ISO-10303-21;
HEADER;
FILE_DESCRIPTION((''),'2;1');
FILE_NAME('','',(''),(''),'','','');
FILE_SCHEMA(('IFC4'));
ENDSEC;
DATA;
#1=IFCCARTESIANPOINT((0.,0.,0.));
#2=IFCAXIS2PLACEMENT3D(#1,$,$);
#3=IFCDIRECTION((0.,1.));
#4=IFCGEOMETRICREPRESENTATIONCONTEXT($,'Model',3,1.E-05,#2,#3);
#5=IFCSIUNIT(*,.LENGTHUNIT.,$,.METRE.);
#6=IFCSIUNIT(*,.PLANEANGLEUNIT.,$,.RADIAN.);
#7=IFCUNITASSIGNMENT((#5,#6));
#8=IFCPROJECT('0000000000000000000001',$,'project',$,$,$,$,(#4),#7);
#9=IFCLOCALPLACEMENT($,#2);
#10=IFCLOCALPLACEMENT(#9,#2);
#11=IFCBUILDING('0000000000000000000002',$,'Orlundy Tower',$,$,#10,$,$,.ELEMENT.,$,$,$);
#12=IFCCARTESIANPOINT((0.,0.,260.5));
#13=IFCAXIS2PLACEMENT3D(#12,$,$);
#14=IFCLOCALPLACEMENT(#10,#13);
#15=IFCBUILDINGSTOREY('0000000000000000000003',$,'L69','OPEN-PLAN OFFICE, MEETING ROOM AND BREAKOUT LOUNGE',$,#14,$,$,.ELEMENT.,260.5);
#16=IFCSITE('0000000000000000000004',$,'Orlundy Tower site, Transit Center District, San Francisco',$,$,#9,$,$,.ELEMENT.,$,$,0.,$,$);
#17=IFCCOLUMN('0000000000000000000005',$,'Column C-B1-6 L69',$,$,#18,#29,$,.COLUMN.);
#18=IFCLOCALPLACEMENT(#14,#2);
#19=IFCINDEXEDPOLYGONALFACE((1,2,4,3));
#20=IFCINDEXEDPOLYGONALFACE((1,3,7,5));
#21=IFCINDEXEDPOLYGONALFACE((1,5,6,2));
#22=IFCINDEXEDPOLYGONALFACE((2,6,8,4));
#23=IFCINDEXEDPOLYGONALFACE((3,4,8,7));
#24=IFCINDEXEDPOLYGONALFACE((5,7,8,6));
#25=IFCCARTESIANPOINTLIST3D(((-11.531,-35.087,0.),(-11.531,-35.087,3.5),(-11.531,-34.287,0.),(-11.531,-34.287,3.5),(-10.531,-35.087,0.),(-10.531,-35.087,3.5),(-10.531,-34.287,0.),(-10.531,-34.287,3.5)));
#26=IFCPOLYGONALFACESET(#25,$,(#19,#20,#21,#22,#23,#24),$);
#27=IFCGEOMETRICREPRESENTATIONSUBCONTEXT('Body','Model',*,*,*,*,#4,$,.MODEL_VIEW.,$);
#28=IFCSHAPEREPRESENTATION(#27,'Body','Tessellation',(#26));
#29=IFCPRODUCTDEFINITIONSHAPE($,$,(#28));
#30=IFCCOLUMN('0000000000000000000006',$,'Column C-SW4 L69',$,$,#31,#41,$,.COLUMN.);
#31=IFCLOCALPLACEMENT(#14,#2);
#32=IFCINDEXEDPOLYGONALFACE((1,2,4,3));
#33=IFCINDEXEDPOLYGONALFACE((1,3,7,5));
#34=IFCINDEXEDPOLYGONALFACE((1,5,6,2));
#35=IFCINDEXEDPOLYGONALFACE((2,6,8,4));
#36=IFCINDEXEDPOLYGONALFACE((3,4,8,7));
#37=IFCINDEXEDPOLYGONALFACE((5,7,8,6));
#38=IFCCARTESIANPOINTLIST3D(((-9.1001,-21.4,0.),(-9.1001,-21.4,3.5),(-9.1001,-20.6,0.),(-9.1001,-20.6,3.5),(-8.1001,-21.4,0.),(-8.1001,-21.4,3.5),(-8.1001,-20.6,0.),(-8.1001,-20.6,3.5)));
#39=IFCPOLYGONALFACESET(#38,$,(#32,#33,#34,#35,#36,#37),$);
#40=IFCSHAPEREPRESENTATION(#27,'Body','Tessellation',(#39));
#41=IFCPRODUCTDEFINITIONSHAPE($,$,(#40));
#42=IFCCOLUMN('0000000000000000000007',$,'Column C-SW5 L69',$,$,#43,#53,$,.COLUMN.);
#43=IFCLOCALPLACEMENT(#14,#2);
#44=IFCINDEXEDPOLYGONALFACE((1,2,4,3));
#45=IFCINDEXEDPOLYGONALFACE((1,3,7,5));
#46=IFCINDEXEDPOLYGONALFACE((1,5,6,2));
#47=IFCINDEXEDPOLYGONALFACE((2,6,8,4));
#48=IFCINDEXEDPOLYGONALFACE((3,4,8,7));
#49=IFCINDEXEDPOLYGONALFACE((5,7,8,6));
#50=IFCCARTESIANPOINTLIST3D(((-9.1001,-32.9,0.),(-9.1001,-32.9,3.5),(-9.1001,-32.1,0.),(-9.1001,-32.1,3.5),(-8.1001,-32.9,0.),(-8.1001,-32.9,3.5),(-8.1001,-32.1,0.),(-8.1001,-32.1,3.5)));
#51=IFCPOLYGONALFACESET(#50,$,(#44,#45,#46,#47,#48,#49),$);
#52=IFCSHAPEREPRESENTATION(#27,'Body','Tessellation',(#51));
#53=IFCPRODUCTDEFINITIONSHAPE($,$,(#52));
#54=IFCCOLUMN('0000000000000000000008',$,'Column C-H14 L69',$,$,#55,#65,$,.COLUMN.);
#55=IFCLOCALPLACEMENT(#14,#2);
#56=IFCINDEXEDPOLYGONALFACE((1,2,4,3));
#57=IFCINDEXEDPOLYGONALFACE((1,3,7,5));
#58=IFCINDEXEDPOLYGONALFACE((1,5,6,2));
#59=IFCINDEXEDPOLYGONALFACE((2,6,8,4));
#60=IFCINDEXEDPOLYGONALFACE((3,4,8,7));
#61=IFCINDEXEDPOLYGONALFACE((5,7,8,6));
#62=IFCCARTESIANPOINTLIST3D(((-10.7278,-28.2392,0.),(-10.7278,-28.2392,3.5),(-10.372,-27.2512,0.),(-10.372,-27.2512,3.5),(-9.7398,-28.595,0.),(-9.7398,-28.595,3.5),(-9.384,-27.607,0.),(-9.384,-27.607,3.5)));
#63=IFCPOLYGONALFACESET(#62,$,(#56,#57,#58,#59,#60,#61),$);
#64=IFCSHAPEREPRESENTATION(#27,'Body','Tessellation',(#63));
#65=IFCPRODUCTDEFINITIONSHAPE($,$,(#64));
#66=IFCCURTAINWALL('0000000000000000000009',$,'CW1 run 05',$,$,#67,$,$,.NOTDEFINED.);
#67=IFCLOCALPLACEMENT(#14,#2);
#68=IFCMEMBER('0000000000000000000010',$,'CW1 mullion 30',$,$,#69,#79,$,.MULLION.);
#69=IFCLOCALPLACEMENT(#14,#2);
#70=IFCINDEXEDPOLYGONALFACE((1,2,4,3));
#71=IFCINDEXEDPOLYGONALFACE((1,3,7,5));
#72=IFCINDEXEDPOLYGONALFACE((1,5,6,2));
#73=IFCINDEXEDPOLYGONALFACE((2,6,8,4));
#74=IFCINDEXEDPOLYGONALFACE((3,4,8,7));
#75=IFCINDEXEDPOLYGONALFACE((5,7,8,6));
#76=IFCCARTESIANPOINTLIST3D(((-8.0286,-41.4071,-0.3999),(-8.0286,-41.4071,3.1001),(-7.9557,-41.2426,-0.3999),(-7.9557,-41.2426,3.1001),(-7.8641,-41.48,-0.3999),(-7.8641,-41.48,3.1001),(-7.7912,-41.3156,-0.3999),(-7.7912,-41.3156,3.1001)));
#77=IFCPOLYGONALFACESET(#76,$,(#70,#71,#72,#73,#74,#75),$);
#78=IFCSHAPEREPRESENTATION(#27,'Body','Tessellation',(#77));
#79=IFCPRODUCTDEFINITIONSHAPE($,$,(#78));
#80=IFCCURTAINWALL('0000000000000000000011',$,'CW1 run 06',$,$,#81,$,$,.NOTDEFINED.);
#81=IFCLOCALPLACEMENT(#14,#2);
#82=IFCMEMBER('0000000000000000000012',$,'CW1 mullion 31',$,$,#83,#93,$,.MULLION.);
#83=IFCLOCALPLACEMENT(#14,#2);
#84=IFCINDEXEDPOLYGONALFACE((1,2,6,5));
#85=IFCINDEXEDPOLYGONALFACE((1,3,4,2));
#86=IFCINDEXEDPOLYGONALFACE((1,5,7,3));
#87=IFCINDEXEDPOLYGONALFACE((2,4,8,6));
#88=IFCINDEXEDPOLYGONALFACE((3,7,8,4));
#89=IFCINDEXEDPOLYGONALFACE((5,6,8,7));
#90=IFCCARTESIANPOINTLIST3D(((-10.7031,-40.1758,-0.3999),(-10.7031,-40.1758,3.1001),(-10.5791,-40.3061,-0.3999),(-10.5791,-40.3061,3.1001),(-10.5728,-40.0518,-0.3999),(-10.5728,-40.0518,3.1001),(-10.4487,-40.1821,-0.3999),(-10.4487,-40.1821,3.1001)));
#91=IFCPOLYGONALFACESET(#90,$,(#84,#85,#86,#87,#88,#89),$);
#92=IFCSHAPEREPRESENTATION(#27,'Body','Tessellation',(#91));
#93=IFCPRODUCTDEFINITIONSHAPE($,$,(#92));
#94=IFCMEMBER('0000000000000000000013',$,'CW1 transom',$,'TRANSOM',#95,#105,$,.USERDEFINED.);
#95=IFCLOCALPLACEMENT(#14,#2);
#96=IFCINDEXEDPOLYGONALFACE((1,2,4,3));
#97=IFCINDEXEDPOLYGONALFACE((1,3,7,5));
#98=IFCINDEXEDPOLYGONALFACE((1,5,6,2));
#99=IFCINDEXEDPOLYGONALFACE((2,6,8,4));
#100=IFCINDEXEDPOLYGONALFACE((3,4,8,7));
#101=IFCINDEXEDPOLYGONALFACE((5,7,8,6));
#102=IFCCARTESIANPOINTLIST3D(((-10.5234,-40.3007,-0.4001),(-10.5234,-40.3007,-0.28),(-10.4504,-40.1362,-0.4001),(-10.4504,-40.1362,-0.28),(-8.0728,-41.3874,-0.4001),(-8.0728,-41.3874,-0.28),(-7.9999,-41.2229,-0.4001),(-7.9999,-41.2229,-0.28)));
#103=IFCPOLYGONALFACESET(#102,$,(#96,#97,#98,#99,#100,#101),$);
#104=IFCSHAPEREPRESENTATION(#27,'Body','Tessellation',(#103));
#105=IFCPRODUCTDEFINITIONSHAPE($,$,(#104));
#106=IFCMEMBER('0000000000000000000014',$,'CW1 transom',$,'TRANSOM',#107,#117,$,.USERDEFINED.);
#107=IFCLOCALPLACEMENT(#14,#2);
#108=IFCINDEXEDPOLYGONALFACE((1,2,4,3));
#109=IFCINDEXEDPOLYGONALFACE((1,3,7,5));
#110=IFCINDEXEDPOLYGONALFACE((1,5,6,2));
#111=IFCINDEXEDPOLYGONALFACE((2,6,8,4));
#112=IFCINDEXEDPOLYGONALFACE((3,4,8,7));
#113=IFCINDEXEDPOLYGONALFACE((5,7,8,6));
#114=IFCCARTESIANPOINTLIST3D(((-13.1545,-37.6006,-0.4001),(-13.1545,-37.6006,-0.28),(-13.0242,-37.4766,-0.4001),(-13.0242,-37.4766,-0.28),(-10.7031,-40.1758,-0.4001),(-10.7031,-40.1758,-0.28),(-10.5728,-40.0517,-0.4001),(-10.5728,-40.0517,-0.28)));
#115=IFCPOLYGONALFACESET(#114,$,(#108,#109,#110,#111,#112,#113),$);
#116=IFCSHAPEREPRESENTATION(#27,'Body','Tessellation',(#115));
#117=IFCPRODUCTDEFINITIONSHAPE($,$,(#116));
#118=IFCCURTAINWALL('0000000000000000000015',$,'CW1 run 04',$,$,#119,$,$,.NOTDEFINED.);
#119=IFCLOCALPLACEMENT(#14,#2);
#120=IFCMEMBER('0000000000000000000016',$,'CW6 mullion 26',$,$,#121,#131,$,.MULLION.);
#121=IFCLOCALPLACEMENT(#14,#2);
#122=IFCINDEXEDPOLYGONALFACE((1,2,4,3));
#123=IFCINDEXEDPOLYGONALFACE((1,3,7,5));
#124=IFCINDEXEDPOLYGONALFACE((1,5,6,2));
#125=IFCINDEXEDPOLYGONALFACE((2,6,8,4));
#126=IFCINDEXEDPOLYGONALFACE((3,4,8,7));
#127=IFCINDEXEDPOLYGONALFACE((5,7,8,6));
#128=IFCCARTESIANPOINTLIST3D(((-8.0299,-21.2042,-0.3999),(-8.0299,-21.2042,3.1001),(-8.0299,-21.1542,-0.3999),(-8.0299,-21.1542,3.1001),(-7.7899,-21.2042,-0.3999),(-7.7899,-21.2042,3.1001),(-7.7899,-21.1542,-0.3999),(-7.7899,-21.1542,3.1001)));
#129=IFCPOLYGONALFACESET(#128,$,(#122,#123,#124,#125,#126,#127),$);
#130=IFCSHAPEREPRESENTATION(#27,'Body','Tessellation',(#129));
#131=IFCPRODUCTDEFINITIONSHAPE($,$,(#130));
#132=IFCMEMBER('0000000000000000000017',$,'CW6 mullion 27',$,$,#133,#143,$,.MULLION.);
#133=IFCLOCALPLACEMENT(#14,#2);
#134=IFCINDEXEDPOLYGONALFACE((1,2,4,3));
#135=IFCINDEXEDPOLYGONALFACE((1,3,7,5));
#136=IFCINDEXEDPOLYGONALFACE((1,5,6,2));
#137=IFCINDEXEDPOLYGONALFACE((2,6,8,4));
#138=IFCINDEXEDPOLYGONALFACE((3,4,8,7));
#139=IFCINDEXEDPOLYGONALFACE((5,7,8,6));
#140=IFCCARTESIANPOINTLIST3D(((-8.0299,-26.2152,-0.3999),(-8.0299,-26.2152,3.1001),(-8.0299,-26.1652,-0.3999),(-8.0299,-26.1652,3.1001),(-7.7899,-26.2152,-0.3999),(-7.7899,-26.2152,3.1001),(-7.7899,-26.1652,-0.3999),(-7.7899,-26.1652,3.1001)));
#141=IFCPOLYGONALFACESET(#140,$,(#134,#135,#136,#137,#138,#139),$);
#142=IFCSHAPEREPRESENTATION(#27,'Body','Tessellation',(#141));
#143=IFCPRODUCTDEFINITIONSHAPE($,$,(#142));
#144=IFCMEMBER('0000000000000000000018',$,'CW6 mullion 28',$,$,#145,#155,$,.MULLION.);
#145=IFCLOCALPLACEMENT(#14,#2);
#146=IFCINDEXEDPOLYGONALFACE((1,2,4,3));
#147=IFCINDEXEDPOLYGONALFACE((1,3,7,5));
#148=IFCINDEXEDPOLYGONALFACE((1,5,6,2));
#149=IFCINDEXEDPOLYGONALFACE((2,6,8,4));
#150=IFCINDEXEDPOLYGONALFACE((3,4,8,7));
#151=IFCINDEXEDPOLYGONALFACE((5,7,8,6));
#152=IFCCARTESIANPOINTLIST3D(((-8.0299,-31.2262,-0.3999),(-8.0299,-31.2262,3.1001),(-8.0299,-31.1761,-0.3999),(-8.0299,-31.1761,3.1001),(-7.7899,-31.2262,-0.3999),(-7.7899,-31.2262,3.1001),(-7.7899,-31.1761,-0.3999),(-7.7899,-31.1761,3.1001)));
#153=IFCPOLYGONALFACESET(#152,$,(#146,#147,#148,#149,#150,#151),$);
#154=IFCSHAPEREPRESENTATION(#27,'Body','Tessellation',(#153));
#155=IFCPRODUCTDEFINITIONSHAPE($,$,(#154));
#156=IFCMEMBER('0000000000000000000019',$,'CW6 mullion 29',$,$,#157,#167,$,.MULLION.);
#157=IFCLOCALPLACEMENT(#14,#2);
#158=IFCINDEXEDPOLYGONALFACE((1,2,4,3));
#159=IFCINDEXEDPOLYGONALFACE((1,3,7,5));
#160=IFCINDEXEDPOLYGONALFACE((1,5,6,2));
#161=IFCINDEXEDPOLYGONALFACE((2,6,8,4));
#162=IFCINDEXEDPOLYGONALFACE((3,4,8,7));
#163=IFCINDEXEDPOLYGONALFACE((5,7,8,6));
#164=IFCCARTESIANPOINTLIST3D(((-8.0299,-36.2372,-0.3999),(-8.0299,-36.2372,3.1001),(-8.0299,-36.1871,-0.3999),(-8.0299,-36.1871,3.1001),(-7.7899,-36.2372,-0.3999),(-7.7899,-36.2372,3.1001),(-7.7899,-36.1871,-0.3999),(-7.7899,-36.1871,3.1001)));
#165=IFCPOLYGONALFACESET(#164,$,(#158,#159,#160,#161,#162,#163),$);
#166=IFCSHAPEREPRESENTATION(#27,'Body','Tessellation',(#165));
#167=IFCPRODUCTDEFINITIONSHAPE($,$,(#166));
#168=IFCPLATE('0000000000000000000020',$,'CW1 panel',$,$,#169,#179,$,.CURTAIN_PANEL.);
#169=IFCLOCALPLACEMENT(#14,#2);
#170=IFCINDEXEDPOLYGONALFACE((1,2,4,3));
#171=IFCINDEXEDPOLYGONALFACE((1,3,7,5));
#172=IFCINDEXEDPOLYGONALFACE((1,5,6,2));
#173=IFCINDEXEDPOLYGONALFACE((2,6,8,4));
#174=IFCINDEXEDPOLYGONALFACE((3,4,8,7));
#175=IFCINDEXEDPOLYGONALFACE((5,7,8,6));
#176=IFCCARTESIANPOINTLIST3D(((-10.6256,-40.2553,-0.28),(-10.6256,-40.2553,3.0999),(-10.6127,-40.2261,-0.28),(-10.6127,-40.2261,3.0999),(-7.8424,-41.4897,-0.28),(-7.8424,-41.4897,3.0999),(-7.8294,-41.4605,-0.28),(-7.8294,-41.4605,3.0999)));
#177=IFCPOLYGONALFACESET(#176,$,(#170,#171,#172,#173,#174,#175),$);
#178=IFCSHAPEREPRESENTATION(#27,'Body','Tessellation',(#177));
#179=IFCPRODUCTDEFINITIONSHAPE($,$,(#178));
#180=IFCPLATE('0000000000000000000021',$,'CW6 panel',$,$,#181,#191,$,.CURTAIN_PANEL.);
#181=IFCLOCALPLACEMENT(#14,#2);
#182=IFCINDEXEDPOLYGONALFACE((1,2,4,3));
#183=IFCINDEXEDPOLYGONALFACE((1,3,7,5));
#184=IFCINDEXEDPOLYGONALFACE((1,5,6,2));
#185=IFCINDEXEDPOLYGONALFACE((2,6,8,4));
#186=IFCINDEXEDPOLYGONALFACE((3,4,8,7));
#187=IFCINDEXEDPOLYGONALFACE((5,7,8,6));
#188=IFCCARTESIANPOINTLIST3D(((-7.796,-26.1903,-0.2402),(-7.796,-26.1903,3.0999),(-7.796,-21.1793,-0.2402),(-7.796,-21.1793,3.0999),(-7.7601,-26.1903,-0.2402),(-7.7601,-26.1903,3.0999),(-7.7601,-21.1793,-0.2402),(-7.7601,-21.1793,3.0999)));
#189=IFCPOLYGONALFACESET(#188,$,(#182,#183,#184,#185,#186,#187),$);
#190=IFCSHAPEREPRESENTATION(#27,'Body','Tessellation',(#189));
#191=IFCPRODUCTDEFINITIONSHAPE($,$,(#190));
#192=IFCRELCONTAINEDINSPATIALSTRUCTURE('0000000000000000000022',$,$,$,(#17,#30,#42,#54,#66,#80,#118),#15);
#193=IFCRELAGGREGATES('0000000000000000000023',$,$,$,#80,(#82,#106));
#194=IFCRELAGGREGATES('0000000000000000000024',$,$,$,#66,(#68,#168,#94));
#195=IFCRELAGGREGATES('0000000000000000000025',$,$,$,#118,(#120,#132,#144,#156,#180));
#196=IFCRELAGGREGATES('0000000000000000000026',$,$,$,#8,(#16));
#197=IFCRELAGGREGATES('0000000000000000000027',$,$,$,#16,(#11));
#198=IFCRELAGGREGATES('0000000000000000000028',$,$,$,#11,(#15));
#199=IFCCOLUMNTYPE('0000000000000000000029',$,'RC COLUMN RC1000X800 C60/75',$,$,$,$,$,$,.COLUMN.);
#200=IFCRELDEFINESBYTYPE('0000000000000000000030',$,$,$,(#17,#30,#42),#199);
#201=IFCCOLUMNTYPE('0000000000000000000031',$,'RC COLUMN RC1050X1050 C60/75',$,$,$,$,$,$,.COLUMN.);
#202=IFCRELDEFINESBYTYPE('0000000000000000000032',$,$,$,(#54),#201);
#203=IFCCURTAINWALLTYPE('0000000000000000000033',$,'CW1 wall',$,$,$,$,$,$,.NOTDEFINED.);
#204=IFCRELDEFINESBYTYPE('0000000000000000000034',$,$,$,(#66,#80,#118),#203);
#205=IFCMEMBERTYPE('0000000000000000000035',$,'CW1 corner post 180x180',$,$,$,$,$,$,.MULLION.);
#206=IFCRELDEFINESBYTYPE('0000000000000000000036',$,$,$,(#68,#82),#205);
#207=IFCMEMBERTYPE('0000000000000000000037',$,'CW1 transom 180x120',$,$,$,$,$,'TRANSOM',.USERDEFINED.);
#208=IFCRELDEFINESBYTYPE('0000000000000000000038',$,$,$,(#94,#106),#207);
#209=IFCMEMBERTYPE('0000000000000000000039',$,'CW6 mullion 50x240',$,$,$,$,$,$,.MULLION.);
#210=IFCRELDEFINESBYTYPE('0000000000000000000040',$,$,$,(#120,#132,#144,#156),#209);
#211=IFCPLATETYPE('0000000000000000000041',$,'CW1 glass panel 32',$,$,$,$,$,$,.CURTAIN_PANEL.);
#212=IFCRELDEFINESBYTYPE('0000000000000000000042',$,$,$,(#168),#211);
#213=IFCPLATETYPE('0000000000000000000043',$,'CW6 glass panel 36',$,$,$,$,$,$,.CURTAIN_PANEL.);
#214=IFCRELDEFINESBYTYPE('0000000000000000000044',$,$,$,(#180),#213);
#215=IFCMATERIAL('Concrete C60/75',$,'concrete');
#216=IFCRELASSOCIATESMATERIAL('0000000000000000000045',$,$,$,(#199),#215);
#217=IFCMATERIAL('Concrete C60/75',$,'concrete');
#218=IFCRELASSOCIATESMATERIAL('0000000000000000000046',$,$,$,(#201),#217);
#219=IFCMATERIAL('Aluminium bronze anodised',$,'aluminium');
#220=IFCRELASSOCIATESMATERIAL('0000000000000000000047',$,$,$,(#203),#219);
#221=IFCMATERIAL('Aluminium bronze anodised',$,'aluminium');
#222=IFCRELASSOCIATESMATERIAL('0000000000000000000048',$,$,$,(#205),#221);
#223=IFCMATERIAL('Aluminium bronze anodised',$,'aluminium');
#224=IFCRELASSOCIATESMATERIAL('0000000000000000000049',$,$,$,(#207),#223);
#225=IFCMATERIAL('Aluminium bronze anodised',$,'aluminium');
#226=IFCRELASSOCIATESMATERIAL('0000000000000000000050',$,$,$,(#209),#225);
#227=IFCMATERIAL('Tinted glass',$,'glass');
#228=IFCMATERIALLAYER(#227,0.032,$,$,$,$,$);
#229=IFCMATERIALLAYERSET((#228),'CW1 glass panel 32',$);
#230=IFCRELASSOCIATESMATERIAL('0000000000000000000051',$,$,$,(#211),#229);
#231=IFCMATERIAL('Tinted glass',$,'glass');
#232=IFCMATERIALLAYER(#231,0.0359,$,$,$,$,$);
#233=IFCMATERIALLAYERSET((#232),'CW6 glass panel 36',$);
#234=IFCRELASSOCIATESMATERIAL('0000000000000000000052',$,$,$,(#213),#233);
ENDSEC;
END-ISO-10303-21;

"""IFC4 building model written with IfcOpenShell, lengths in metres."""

from ifc_helpers import new_model, si_unit, direction, frame, origin, origin_2d, place, context, subcontext, project, spatial, rectangle, extrude, material, layer, layer_set, material_profile, profile_set, type_object, element, aggregate, save


model = new_model("IFC4")

# Units and contexts
model_context = context("Model", 3, precision=1e-05, world=origin(), true_north=direction((0.0, 1.0)))
body_context = subcontext(model_context, "Body", "Model", "MODEL_VIEW")
ifc_project = project(units=[si_unit("LENGTHUNIT", "METRE"), si_unit("PLANEANGLEUNIT", "RADIAN")], contexts=[model_context])

# Site, building, storey
site_placement = place(None, origin())
site = spatial("IfcSite", under=ifc_project, at=site_placement, Name="Orlundy Tower site, Transit Center District, San Francisco", CompositionType="ELEMENT", RefElevation=0.0)
building_placement = place(site_placement, origin())
building = spatial("IfcBuilding", under=site, at=building_placement, Name="Orlundy Tower", CompositionType="ELEMENT")
storey_placement = place(building_placement, frame((0.0, 0.0, 260.5)))
storey = spatial("IfcBuildingStorey", under=building, at=storey_placement, Name="L69", Description="OPEN-PLAN OFFICE, MEETING ROOM AND BREAKOUT LOUNGE", CompositionType="ELEMENT", Elevation=260.5)

# Columns
ifc_material_1 = material(Name="Concrete C60/75", Category="concrete")
ifc_material_profile_1 = material_profile(ifc_material_1, rectangle(XDim=1.0, YDim=0.8, at=origin_2d()), Name="RC1000X800")
ifc_profile_set_1 = profile_set([ifc_material_profile_1], Name="Concrete C60/75")
column_type_1 = type_object("IfcColumnType", Name="RC COLUMN RC1000X800 C60/75", PredefinedType="COLUMN", material=ifc_profile_set_1)
for number, where, z_axis, x_axis, name in (
    (1, (-11.031, -34.687, 0.0), (0.0, 0.0, 1.0), (1.0, 0.0, 0.0), "Column C-B1-6 L69"),
    (2, (-8.6001, -21.0, 0.0), (0.0, 0.0, 1.0), (1.0, 0.0, 0.0), "Column C-SW4 L69"),
    (3, (-8.6001, -32.5, 0.0), (0.0, 0.0, 1.0), (1.0, 0.0, 0.0), "Column C-SW5 L69"),
):
    element("IfcColumn", number, at=place(storey_placement, frame(where, z_axis=z_axis, x_axis=x_axis)), inside=storey, type_object=column_type_1, Name=name, PredefinedType="COLUMN", context=body_context, shape_type="SweptSolid", body=[
        extrude(rectangle(XDim=1.0, YDim=0.8, at=origin_2d()), origin(), (0.0, 0.0, 1.0), 3.5),
    ])
ifc_material_2 = material(Name="Concrete C60/75", Category="concrete")
ifc_material_profile_2 = material_profile(ifc_material_2, rectangle(XDim=1.05, YDim=1.05, at=origin_2d()), Name="RC1050X1050")
ifc_profile_set_2 = profile_set([ifc_material_profile_2], Name="Concrete C60/75")
column_type_2 = type_object("IfcColumnType", Name="RC COLUMN RC1050X1050 C60/75", PredefinedType="COLUMN", material=ifc_profile_set_2)
column_placement = place(storey_placement, frame((-10.0559, -27.9231, 0.0), z_axis=(0.0, 0.0, 1.0), x_axis=(-0.338836, -0.940845, 0.0)))
element("IfcColumn", 4, at=column_placement, inside=storey, type_object=column_type_2, Name="Column C-H14 L69", PredefinedType="COLUMN", context=body_context, shape_type="SweptSolid", body=[
    extrude(rectangle(XDim=1.05, YDim=1.05, at=origin_2d()), origin(), (0.0, 0.0, 1.0), 3.5),
])

# Curtain walls, members
ifc_material_3 = material(Name="Aluminium bronze anodised", Category="aluminium")
curtain_wall_type = type_object("IfcCurtainWallType", Name="CW1 wall", PredefinedType="NOTDEFINED", material=ifc_material_3)
curtain_wall_1_placement = place(storey_placement, origin())
curtain_wall_1 = element("IfcCurtainWall", 5, at=curtain_wall_1_placement, inside=storey, type_object=curtain_wall_type, Name="CW1 run 05", PredefinedType="NOTDEFINED")
ifc_material_4 = material(Name="Aluminium bronze anodised", Category="aluminium")
ifc_material_profile_3 = material_profile(ifc_material_4, rectangle(XDim=0.1799, YDim=0.1799, at=origin_2d()), Name="CW1 corner post 180x180")
ifc_profile_set_3 = profile_set([ifc_material_profile_3], Name="Aluminium bronze anodised")
member_type_1 = type_object("IfcMemberType", Name="CW1 corner post 180x180", PredefinedType="MULLION", material=ifc_profile_set_3)
member_1_placement = place(storey_placement, frame((-7.9099, -41.3613, -0.3999), z_axis=(0.0, 0.0, 1.0), x_axis=(-0.405432, -0.914125, 0.0)))
member_1 = element("IfcMember", 6, at=member_1_placement, type_object=member_type_1, Name="CW1 mullion 30", PredefinedType="MULLION", context=body_context, shape_type="SweptSolid", body=[
    extrude(rectangle(XDim=0.1799, YDim=0.1799, at=origin_2d()), origin(), (0.0, 0.0, 1.0), 3.5),
])
curtain_wall_2_placement = place(storey_placement, origin())
curtain_wall_2 = element("IfcCurtainWall", 7, at=curtain_wall_2_placement, inside=storey, type_object=curtain_wall_type, Name="CW1 run 06", PredefinedType="NOTDEFINED")
member_2_placement = place(storey_placement, frame((-10.5759, -40.179, -0.3999), z_axis=(0.0, 0.0, 1.0), x_axis=(-0.724292, -0.689493, 0.0)))
member_2 = element("IfcMember", 8, at=member_2_placement, type_object=member_type_1, Name="CW1 mullion 31", PredefinedType="MULLION", context=body_context, shape_type="SweptSolid", body=[
    extrude(rectangle(XDim=0.1799, YDim=0.1799, at=origin_2d()), origin(), (0.0, 0.0, 1.0), 3.5),
])

# Members
ifc_material_5 = material(Name="Aluminium bronze anodised", Category="aluminium")
ifc_material_profile_4 = material_profile(ifc_material_5, rectangle(XDim=0.1799, YDim=0.1201, at=origin_2d()), Name="CW1 transom 180x120")
ifc_profile_set_4 = profile_set([ifc_material_profile_4], Name="Aluminium bronze anodised")
member_type_2 = type_object("IfcMemberType", Name="CW1 transom 180x120", ElementType="TRANSOM", PredefinedType="USERDEFINED", material=ifc_profile_set_4)
member_3_placement = place(storey_placement, frame((-8.0364, -41.3052, -0.3401), z_axis=(-0.914146, 0.405386, 0.0), x_axis=(-0.405386, -0.914146, 0.0)))
member_3 = element("IfcMember", 9, at=member_3_placement, type_object=member_type_2, Name="CW1 transom", ObjectType="TRANSOM", PredefinedType="USERDEFINED", context=body_context, shape_type="SweptSolid", body=[
    extrude(rectangle(XDim=0.1799, YDim=0.1201, at=origin_2d()), origin(), (0.0, 0.0, 1.0), 2.6807),
])
member_4_placement = place(storey_placement, frame((-10.6379, -40.1138, -0.3401), z_axis=(-0.689485, 0.7243, 0.0), x_axis=(-0.7243, -0.689485, 0.0)))
member_4 = element("IfcMember", 10, at=member_4_placement, type_object=member_type_2, Name="CW1 transom", ObjectType="TRANSOM", PredefinedType="USERDEFINED", context=body_context, shape_type="SweptSolid", body=[
    extrude(rectangle(XDim=0.1799, YDim=0.1201, at=origin_2d()), origin(), (0.0, 0.0, 1.0), 3.5554),
])
aggregate(curtain_wall_2, [member_2, member_4])

# Curtain wall, members
curtain_wall_3_placement = place(storey_placement, origin())
curtain_wall_3 = element("IfcCurtainWall", 11, at=curtain_wall_3_placement, inside=storey, type_object=curtain_wall_type, Name="CW1 run 04", PredefinedType="NOTDEFINED")
ifc_material_6 = material(Name="Aluminium bronze anodised", Category="aluminium")
ifc_material_profile_5 = material_profile(ifc_material_6, rectangle(XDim=0.24, YDim=0.05, at=origin_2d()), Name="CW6 mullion 50x240")
ifc_profile_set_5 = profile_set([ifc_material_profile_5], Name="Aluminium bronze anodised")
member_type_3 = type_object("IfcMemberType", Name="CW6 mullion 50x240", PredefinedType="MULLION", material=ifc_profile_set_5)
member_5_placement = place(storey_placement, frame((-7.9099, -21.1792, -0.3999), z_axis=(0.0, 0.0, 1.0), x_axis=(1.0, 0.0, 0.0)))
member_5 = element("IfcMember", 12, at=member_5_placement, type_object=member_type_3, Name="CW6 mullion 26", PredefinedType="MULLION", context=body_context, shape_type="SweptSolid", body=[
    extrude(rectangle(XDim=0.24, YDim=0.05, at=origin_2d()), origin(), (0.0, 0.0, 1.0), 3.5),
])
member_6_placement = place(storey_placement, frame((-7.9099, -26.1902, -0.3999), z_axis=(0.0, 0.0, 1.0), x_axis=(1.0, 0.0, 0.0)))
member_6 = element("IfcMember", 13, at=member_6_placement, type_object=member_type_3, Name="CW6 mullion 27", PredefinedType="MULLION", context=body_context, shape_type="SweptSolid", body=[
    extrude(rectangle(XDim=0.24, YDim=0.05, at=origin_2d()), origin(), (0.0, 0.0, 1.0), 3.5),
])
member_7_placement = place(storey_placement, frame((-7.9099, -31.2012, -0.3999), z_axis=(0.0, 0.0, 1.0), x_axis=(1.0, 0.0, 0.0)))
member_7 = element("IfcMember", 14, at=member_7_placement, type_object=member_type_3, Name="CW6 mullion 28", PredefinedType="MULLION", context=body_context, shape_type="SweptSolid", body=[
    extrude(rectangle(XDim=0.24, YDim=0.05, at=origin_2d()), origin(), (0.0, 0.0, 1.0), 3.5),
])
member_8_placement = place(storey_placement, frame((-7.9099, -36.2122, -0.3999), z_axis=(0.0, 0.0, 1.0), x_axis=(1.0, 0.0, 0.0)))
member_8 = element("IfcMember", 15, at=member_8_placement, type_object=member_type_3, Name="CW6 mullion 29", PredefinedType="MULLION", context=body_context, shape_type="SweptSolid", body=[
    extrude(rectangle(XDim=0.24, YDim=0.05, at=origin_2d()), origin(), (0.0, 0.0, 1.0), 3.5),
])

# Plates
ifc_material_7 = material(Name="Tinted glass", Category="glass")
ifc_layer_1 = layer(ifc_material_7, 0.032)
ifc_layer_set_1 = layer_set([ifc_layer_1], Name="CW1 glass panel 32")
plate_type_1 = type_object("IfcPlateType", Name="CW1 glass panel 32", PredefinedType="CURTAIN_PANEL", material=ifc_layer_set_1)
plate_1_placement = place(storey_placement, frame((-9.2275, -40.8579, -0.28), z_axis=(0.0, 0.0, 1.0), x_axis=(-0.914125, 0.405432, 0.0)))
plate_1 = element("IfcPlate", 16, at=plate_1_placement, type_object=plate_type_1, Name="CW1 panel", PredefinedType="CURTAIN_PANEL", context=body_context, shape_type="SweptSolid", body=[
    extrude(rectangle(XDim=3.0447, YDim=0.032, at=origin_2d()), origin(), (0.0, 0.0, 1.0), 3.3799),
])
aggregate(curtain_wall_1, [member_1, plate_1, member_3])
ifc_material_8 = material(Name="Tinted glass", Category="glass")
ifc_layer_2 = layer(ifc_material_8, 0.0359)
ifc_layer_set_2 = layer_set([ifc_layer_2], Name="CW6 glass panel 36")
plate_type_2 = type_object("IfcPlateType", Name="CW6 glass panel 36", PredefinedType="CURTAIN_PANEL", material=ifc_layer_set_2)
plate_2_placement = place(storey_placement, frame((-7.7781, -23.6848, -0.2402), z_axis=(0.0, 0.0, 1.0), x_axis=(0.0, -1.0, 0.0)))
plate_2 = element("IfcPlate", 17, at=plate_2_placement, type_object=plate_type_2, Name="CW6 panel", PredefinedType="CURTAIN_PANEL", context=body_context, shape_type="SweptSolid", body=[
    extrude(rectangle(XDim=5.011, YDim=0.0359, at=origin_2d()), origin(), (0.0, 0.0, 1.0), 3.3401),
])
aggregate(curtain_wall_3, [member_5, member_6, member_7, member_8, plate_2])

save(model, "model.ifc")
